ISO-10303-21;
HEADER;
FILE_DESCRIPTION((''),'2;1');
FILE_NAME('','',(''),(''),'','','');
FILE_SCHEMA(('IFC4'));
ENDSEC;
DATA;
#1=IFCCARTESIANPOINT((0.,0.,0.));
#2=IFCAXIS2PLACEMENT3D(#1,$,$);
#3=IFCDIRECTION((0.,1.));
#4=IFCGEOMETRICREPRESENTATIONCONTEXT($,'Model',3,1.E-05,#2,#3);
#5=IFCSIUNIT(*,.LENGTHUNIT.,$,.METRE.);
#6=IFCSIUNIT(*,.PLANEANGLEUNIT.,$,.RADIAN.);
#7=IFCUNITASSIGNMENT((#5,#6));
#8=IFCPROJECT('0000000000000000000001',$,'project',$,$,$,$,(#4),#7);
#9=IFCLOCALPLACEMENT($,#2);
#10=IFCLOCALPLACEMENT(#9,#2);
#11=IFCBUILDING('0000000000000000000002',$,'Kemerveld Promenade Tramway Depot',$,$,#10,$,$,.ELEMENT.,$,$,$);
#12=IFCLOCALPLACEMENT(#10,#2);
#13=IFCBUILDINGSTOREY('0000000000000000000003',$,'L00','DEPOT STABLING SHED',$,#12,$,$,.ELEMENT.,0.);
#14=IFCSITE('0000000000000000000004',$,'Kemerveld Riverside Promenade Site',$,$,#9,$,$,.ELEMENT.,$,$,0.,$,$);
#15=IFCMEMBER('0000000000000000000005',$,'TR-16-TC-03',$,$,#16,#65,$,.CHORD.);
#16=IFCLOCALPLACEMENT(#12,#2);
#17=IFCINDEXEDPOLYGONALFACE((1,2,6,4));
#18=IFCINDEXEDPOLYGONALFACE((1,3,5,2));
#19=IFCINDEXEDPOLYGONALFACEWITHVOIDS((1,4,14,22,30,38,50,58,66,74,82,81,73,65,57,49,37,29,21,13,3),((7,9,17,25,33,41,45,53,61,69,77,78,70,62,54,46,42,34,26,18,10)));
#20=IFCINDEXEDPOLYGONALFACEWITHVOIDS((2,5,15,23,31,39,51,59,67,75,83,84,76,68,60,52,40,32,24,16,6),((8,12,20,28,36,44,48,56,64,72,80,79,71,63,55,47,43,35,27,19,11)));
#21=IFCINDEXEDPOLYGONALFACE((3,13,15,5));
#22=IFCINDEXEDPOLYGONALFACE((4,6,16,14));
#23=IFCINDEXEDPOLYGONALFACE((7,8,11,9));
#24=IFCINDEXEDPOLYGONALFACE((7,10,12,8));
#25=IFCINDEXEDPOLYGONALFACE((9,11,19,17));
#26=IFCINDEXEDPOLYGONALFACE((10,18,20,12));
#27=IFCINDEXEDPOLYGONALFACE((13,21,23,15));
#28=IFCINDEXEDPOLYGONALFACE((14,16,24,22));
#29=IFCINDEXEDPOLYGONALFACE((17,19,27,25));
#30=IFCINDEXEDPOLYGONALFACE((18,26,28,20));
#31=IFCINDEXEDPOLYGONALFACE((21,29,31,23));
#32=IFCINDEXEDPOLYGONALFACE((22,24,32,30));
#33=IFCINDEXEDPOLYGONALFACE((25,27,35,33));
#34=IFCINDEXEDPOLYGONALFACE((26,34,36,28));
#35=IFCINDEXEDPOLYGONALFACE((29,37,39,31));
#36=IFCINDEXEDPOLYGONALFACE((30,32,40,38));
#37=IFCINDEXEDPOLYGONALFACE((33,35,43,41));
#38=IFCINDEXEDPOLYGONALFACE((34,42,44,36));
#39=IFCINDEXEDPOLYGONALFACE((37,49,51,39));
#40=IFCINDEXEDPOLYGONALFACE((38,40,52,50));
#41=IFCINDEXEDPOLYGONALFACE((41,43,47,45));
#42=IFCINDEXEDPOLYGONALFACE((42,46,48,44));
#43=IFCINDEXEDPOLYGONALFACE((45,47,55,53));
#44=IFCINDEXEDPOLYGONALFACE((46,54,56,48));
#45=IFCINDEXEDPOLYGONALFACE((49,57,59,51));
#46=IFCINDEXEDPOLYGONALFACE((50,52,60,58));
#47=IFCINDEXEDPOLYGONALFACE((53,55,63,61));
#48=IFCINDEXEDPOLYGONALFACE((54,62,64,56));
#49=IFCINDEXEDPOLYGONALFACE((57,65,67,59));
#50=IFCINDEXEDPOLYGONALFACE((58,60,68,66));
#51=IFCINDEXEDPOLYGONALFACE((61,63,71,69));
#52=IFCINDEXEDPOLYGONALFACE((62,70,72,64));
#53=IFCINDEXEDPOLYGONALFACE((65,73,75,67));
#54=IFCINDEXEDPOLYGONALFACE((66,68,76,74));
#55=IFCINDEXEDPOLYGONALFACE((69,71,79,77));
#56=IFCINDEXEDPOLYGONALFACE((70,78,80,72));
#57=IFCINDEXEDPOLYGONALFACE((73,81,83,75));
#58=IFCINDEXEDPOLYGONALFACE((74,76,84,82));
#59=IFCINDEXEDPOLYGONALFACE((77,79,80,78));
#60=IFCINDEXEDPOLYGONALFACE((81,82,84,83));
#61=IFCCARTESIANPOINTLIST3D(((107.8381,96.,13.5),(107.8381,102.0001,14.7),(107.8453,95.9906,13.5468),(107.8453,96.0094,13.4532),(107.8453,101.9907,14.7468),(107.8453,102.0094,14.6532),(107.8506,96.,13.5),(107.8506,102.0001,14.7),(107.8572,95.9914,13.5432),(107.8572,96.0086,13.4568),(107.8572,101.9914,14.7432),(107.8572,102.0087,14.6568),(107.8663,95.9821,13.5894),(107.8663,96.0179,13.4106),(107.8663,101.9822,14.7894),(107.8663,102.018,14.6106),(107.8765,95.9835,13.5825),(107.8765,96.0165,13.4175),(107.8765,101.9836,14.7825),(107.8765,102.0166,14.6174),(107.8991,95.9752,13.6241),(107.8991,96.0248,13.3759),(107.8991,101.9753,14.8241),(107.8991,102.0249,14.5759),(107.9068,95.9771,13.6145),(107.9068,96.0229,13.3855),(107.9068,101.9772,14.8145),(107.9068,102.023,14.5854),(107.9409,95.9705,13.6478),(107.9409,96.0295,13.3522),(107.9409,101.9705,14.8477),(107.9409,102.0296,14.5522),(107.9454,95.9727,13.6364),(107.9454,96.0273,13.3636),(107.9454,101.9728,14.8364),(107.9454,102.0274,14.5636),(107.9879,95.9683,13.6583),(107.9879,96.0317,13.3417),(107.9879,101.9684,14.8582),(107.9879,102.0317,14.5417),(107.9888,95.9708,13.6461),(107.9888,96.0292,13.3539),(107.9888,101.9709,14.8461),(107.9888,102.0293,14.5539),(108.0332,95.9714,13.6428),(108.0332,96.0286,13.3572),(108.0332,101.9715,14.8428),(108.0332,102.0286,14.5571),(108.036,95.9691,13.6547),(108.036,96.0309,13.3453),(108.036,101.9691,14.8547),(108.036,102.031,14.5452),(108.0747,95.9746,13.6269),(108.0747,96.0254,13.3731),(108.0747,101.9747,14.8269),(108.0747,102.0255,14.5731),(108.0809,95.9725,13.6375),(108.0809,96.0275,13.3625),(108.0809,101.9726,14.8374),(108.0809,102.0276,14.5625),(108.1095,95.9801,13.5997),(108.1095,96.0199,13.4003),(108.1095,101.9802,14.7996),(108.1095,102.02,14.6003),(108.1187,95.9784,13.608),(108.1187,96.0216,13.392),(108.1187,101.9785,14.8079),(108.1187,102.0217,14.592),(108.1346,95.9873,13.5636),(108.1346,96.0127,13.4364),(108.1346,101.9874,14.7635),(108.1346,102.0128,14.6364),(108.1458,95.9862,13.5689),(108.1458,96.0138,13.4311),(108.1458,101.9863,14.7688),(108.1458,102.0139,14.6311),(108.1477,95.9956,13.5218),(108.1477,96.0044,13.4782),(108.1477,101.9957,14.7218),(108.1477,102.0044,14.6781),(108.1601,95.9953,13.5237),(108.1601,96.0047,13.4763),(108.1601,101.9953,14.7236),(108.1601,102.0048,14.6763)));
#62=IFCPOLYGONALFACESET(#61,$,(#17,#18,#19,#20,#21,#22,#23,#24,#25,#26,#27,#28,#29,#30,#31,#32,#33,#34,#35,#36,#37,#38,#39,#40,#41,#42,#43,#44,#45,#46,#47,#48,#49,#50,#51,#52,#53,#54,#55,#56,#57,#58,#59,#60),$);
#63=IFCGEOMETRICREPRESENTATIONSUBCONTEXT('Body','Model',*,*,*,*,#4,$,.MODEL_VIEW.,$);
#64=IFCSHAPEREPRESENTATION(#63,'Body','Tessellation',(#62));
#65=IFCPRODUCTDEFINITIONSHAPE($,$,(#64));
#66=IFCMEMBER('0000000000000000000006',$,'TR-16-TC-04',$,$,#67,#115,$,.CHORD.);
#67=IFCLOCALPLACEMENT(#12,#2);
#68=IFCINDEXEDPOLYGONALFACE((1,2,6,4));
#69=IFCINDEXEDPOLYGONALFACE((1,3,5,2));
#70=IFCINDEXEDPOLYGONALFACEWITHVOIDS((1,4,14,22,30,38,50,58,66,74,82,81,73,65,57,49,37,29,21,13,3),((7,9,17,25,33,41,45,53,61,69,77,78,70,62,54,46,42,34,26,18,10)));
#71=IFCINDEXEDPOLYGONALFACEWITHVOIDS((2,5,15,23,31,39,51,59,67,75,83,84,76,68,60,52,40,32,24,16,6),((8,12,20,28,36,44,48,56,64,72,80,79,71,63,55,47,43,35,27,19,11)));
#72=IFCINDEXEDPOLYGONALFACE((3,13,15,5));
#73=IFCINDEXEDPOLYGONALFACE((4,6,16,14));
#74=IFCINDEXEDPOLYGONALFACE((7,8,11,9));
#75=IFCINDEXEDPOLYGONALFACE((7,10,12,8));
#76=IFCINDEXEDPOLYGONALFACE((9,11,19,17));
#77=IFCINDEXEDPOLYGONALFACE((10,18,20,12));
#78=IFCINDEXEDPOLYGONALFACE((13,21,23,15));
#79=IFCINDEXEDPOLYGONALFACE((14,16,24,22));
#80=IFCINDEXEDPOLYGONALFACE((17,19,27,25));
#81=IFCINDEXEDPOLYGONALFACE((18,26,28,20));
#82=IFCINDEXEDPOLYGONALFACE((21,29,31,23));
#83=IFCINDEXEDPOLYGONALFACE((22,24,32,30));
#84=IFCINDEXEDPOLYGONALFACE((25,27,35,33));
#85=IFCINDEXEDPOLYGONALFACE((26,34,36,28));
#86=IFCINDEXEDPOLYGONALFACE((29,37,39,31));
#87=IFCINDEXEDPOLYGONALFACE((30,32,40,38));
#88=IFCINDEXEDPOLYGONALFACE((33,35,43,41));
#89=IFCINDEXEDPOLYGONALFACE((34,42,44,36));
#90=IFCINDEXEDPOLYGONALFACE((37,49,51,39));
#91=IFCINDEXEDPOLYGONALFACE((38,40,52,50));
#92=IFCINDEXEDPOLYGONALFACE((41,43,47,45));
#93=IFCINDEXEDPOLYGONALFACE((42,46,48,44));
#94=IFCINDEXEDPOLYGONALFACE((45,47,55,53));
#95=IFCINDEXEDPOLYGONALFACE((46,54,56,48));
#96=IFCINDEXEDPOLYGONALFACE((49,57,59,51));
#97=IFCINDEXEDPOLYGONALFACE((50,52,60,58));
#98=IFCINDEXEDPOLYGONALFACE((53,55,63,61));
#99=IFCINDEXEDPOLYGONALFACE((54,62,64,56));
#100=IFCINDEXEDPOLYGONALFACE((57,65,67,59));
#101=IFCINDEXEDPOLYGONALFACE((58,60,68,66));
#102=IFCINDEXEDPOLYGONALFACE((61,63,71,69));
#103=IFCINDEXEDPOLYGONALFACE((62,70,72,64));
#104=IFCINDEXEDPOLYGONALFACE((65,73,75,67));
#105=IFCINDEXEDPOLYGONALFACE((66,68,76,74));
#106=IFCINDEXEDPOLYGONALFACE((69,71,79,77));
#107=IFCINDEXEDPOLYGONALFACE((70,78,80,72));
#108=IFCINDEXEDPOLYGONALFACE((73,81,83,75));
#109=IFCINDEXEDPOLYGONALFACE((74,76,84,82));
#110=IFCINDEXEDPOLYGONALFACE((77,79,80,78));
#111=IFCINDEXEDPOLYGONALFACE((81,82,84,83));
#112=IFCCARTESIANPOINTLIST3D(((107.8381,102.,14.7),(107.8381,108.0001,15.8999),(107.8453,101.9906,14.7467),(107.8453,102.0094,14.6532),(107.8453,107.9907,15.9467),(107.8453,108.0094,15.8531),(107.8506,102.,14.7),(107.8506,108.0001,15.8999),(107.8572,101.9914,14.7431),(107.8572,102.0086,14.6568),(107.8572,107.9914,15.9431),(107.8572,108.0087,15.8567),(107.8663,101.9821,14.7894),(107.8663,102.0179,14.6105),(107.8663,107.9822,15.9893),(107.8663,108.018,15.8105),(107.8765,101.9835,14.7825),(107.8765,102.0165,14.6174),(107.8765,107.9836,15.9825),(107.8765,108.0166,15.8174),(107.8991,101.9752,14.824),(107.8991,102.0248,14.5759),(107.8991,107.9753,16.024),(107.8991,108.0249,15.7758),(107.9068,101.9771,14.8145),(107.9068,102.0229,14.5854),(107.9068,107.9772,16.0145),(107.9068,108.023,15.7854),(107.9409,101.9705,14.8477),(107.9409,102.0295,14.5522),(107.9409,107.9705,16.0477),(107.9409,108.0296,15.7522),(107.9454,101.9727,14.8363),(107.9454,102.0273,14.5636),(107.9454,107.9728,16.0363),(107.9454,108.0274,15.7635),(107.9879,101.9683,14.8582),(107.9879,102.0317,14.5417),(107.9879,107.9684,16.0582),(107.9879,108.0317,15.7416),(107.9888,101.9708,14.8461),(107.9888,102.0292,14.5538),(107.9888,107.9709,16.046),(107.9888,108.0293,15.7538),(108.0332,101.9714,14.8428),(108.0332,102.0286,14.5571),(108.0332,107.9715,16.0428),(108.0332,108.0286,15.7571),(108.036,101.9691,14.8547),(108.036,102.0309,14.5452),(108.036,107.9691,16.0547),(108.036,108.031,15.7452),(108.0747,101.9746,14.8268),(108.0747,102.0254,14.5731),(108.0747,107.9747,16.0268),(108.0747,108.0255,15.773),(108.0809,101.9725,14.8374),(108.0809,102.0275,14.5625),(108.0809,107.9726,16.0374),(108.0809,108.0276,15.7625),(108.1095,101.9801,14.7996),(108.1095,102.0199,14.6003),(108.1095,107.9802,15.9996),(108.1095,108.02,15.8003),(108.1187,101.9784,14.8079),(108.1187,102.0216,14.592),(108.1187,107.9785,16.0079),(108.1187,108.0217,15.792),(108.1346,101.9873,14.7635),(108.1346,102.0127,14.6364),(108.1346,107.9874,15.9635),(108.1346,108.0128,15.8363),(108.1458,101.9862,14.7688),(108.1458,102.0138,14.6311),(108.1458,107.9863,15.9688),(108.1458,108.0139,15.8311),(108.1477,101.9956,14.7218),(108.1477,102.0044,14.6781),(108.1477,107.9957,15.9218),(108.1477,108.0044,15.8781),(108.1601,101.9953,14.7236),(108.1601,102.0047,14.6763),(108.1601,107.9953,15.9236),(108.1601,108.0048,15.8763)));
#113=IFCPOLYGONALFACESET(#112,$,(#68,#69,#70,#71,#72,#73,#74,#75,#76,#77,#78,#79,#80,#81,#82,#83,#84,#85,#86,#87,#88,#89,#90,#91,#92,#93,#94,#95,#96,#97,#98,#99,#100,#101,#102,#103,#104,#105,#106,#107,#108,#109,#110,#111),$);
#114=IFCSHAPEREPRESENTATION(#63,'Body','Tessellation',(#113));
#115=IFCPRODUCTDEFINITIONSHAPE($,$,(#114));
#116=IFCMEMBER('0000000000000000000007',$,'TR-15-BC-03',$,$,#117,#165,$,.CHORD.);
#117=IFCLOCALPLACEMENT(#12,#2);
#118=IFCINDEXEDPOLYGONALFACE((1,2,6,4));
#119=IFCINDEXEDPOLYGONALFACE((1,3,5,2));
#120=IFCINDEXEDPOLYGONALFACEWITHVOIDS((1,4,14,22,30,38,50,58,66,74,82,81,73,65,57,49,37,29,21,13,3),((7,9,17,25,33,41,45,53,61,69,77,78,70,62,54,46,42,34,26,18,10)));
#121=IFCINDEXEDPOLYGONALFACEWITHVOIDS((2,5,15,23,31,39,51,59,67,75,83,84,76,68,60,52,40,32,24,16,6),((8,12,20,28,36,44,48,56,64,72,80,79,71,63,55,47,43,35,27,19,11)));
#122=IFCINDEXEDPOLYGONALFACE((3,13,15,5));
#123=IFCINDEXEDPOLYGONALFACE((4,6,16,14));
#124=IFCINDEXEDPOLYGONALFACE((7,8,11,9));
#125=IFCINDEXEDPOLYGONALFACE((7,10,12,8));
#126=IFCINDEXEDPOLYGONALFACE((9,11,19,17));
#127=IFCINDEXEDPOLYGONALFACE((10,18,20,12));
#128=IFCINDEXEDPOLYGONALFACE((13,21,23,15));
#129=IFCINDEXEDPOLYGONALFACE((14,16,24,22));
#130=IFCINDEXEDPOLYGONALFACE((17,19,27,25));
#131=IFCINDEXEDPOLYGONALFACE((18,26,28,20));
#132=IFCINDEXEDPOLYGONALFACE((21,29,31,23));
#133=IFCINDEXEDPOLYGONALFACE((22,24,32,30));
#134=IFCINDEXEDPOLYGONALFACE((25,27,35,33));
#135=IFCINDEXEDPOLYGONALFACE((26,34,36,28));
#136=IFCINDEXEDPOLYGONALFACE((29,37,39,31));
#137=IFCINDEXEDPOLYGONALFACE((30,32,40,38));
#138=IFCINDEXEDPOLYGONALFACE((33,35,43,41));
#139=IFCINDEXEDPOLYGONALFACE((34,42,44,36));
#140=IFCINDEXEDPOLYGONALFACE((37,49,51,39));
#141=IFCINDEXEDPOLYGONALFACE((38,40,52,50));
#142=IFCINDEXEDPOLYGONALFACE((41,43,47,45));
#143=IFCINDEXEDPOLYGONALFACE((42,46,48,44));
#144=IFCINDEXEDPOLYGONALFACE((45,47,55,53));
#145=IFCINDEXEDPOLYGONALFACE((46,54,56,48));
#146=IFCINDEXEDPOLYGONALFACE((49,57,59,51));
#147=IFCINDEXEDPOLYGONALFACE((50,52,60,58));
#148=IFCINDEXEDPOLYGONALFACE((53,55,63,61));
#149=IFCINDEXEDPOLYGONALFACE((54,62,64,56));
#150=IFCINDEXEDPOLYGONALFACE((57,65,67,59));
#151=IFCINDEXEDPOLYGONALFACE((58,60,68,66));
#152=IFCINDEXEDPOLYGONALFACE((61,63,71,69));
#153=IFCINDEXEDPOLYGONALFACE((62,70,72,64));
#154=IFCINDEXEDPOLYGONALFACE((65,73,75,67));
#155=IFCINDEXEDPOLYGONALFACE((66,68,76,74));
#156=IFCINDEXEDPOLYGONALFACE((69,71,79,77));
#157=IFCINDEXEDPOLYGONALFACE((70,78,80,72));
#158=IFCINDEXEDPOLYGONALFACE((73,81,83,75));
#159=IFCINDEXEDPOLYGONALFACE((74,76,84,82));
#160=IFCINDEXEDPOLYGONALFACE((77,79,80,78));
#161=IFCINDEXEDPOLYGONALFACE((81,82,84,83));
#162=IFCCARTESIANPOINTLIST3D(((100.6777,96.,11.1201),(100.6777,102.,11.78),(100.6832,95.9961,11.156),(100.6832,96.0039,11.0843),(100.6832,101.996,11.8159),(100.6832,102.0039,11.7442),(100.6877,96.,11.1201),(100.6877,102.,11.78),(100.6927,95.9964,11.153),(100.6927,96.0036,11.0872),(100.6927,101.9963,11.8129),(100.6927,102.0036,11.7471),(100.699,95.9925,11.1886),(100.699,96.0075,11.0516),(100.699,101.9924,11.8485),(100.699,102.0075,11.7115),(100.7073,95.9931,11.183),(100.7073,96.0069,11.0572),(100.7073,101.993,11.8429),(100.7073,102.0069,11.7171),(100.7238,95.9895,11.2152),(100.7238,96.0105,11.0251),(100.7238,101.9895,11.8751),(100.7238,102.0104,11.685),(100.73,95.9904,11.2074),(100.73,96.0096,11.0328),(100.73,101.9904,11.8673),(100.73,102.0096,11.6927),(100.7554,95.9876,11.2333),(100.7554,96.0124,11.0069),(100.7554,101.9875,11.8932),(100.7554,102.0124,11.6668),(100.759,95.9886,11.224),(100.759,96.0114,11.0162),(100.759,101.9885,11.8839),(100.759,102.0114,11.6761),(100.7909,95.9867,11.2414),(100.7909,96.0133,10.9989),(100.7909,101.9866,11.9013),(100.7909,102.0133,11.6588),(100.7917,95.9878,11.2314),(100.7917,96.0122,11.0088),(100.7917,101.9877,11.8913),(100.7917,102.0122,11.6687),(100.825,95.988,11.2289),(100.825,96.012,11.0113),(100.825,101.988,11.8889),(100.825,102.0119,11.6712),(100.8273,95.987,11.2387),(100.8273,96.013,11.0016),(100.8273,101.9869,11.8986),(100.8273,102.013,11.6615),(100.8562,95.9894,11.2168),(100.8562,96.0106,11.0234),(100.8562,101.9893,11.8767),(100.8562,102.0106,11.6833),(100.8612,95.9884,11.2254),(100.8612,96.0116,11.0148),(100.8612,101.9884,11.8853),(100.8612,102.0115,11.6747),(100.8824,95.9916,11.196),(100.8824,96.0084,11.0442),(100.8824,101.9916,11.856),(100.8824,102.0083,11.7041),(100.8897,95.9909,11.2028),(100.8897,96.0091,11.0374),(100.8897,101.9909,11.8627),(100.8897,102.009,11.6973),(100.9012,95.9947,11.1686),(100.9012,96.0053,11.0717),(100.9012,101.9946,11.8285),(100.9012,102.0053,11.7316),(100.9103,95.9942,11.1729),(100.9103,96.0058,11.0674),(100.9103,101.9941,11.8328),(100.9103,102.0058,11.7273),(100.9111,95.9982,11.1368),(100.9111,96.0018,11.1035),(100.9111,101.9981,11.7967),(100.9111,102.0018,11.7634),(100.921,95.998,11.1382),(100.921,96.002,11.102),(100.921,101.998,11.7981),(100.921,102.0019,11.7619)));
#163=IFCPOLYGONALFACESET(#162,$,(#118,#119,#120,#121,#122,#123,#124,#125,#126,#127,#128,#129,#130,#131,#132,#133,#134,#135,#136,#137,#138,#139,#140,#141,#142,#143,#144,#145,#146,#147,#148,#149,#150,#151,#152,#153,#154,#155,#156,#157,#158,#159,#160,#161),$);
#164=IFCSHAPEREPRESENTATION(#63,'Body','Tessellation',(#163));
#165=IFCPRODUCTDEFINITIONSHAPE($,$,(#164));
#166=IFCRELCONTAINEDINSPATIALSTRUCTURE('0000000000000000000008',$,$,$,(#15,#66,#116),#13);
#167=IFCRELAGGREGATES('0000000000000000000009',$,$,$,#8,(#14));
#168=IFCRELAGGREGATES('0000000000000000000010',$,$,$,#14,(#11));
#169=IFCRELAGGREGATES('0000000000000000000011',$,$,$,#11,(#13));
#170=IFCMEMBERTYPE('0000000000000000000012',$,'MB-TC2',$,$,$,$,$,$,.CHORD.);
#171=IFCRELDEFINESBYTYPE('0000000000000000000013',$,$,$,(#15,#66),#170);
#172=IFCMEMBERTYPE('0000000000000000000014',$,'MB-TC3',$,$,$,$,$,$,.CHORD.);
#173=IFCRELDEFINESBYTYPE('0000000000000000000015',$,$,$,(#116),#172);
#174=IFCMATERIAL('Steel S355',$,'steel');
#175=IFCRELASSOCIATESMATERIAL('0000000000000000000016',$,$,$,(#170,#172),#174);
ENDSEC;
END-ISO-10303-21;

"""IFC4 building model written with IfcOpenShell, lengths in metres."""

from ifc_helpers import new_model, si_unit, direction, frame, origin, origin_2d, place, context, subcontext, project, spatial, hollow_circle, extrude, material, material_profile, profile_set, type_object, element, save


model = new_model("IFC4")

# Units and contexts
model_context = context("Model", 3, precision=1e-05, world=origin(), true_north=direction((0.0, 1.0)))
body_context = subcontext(model_context, "Body", "Model", "MODEL_VIEW")
ifc_project = project(units=[si_unit("LENGTHUNIT", "METRE"), si_unit("PLANEANGLEUNIT", "RADIAN")], contexts=[model_context])

# Site, building, storey
site_placement = place(None, origin())
site = spatial("IfcSite", under=ifc_project, at=site_placement, Name="Kemerveld Riverside Promenade Site", CompositionType="ELEMENT", RefElevation=0.0)
building_placement = place(site_placement, origin())
building = spatial("IfcBuilding", under=site, at=building_placement, Name="Kemerveld Promenade Tramway Depot", CompositionType="ELEMENT")
storey_placement = place(building_placement, origin())
storey = spatial("IfcBuildingStorey", under=building, at=storey_placement, Name="L00", Description="DEPOT STABLING SHED", CompositionType="ELEMENT", Elevation=0.0)

# Members
ifc_material_1 = material(Name="Steel S355", Category="steel")
ifc_material_profile_1 = material_profile(ifc_material_1, hollow_circle(Radius=0.1619, WallThickness=0.0125, at=origin_2d()), Name="323.9x12.5 CHS")
ifc_profile_set_1 = profile_set([ifc_material_profile_1], Name="Steel S355")
member_type_1 = type_object("IfcMemberType", Name="MB-TC2", PredefinedType="CHORD", material=ifc_profile_set_1)
for number, where, z_axis, x_axis, name in (
    (1, (108.0, 96.0, 13.5), (0.0, 0.980582, 0.196108), (-1.0, 0.0, 0.0), "TR-16-TC-03"),
    (2, (108.0, 102.0, 14.7), (0.0, 0.980582, 0.196108), (-1.0, 0.0, 0.0), "TR-16-TC-04"),
):
    element("IfcMember", number, at=place(storey_placement, frame(where, z_axis=z_axis, x_axis=x_axis)), inside=storey, type_object=member_type_1, Name=name, PredefinedType="CHORD", context=body_context, shape_type="SweptSolid", body=[
        extrude(hollow_circle(Radius=0.1619, WallThickness=0.0125, at=origin_2d()), origin(), (0.0, 0.0, 1.0), 6.1189),
    ])
ifc_material_profile_2 = material_profile(ifc_material_1, hollow_circle(Radius=0.1223, WallThickness=0.01, at=origin_2d()), Name="244.5x10.0 CHS")
ifc_profile_set_2 = profile_set([ifc_material_profile_2], Name="Steel S355")
member_type_2 = type_object("IfcMemberType", Name="MB-TC3", PredefinedType="CHORD", material=ifc_profile_set_2)
for number, where, z_axis, x_axis, name in (
    (3, (100.8, 96.0, 11.1201), (0.0, 0.994006, 0.109326), (-1.0, 0.0, 0.0), "TR-15-BC-03"),
):
    element("IfcMember", number, at=place(storey_placement, frame(where, z_axis=z_axis, x_axis=x_axis)), inside=storey, type_object=member_type_2, Name=name, PredefinedType="CHORD", context=body_context, shape_type="SweptSolid", body=[
        extrude(hollow_circle(Radius=0.1223, WallThickness=0.01, at=origin_2d()), origin(), (0.0, 0.0, 1.0), 6.0361),
    ])

save(model, "model.ifc")
